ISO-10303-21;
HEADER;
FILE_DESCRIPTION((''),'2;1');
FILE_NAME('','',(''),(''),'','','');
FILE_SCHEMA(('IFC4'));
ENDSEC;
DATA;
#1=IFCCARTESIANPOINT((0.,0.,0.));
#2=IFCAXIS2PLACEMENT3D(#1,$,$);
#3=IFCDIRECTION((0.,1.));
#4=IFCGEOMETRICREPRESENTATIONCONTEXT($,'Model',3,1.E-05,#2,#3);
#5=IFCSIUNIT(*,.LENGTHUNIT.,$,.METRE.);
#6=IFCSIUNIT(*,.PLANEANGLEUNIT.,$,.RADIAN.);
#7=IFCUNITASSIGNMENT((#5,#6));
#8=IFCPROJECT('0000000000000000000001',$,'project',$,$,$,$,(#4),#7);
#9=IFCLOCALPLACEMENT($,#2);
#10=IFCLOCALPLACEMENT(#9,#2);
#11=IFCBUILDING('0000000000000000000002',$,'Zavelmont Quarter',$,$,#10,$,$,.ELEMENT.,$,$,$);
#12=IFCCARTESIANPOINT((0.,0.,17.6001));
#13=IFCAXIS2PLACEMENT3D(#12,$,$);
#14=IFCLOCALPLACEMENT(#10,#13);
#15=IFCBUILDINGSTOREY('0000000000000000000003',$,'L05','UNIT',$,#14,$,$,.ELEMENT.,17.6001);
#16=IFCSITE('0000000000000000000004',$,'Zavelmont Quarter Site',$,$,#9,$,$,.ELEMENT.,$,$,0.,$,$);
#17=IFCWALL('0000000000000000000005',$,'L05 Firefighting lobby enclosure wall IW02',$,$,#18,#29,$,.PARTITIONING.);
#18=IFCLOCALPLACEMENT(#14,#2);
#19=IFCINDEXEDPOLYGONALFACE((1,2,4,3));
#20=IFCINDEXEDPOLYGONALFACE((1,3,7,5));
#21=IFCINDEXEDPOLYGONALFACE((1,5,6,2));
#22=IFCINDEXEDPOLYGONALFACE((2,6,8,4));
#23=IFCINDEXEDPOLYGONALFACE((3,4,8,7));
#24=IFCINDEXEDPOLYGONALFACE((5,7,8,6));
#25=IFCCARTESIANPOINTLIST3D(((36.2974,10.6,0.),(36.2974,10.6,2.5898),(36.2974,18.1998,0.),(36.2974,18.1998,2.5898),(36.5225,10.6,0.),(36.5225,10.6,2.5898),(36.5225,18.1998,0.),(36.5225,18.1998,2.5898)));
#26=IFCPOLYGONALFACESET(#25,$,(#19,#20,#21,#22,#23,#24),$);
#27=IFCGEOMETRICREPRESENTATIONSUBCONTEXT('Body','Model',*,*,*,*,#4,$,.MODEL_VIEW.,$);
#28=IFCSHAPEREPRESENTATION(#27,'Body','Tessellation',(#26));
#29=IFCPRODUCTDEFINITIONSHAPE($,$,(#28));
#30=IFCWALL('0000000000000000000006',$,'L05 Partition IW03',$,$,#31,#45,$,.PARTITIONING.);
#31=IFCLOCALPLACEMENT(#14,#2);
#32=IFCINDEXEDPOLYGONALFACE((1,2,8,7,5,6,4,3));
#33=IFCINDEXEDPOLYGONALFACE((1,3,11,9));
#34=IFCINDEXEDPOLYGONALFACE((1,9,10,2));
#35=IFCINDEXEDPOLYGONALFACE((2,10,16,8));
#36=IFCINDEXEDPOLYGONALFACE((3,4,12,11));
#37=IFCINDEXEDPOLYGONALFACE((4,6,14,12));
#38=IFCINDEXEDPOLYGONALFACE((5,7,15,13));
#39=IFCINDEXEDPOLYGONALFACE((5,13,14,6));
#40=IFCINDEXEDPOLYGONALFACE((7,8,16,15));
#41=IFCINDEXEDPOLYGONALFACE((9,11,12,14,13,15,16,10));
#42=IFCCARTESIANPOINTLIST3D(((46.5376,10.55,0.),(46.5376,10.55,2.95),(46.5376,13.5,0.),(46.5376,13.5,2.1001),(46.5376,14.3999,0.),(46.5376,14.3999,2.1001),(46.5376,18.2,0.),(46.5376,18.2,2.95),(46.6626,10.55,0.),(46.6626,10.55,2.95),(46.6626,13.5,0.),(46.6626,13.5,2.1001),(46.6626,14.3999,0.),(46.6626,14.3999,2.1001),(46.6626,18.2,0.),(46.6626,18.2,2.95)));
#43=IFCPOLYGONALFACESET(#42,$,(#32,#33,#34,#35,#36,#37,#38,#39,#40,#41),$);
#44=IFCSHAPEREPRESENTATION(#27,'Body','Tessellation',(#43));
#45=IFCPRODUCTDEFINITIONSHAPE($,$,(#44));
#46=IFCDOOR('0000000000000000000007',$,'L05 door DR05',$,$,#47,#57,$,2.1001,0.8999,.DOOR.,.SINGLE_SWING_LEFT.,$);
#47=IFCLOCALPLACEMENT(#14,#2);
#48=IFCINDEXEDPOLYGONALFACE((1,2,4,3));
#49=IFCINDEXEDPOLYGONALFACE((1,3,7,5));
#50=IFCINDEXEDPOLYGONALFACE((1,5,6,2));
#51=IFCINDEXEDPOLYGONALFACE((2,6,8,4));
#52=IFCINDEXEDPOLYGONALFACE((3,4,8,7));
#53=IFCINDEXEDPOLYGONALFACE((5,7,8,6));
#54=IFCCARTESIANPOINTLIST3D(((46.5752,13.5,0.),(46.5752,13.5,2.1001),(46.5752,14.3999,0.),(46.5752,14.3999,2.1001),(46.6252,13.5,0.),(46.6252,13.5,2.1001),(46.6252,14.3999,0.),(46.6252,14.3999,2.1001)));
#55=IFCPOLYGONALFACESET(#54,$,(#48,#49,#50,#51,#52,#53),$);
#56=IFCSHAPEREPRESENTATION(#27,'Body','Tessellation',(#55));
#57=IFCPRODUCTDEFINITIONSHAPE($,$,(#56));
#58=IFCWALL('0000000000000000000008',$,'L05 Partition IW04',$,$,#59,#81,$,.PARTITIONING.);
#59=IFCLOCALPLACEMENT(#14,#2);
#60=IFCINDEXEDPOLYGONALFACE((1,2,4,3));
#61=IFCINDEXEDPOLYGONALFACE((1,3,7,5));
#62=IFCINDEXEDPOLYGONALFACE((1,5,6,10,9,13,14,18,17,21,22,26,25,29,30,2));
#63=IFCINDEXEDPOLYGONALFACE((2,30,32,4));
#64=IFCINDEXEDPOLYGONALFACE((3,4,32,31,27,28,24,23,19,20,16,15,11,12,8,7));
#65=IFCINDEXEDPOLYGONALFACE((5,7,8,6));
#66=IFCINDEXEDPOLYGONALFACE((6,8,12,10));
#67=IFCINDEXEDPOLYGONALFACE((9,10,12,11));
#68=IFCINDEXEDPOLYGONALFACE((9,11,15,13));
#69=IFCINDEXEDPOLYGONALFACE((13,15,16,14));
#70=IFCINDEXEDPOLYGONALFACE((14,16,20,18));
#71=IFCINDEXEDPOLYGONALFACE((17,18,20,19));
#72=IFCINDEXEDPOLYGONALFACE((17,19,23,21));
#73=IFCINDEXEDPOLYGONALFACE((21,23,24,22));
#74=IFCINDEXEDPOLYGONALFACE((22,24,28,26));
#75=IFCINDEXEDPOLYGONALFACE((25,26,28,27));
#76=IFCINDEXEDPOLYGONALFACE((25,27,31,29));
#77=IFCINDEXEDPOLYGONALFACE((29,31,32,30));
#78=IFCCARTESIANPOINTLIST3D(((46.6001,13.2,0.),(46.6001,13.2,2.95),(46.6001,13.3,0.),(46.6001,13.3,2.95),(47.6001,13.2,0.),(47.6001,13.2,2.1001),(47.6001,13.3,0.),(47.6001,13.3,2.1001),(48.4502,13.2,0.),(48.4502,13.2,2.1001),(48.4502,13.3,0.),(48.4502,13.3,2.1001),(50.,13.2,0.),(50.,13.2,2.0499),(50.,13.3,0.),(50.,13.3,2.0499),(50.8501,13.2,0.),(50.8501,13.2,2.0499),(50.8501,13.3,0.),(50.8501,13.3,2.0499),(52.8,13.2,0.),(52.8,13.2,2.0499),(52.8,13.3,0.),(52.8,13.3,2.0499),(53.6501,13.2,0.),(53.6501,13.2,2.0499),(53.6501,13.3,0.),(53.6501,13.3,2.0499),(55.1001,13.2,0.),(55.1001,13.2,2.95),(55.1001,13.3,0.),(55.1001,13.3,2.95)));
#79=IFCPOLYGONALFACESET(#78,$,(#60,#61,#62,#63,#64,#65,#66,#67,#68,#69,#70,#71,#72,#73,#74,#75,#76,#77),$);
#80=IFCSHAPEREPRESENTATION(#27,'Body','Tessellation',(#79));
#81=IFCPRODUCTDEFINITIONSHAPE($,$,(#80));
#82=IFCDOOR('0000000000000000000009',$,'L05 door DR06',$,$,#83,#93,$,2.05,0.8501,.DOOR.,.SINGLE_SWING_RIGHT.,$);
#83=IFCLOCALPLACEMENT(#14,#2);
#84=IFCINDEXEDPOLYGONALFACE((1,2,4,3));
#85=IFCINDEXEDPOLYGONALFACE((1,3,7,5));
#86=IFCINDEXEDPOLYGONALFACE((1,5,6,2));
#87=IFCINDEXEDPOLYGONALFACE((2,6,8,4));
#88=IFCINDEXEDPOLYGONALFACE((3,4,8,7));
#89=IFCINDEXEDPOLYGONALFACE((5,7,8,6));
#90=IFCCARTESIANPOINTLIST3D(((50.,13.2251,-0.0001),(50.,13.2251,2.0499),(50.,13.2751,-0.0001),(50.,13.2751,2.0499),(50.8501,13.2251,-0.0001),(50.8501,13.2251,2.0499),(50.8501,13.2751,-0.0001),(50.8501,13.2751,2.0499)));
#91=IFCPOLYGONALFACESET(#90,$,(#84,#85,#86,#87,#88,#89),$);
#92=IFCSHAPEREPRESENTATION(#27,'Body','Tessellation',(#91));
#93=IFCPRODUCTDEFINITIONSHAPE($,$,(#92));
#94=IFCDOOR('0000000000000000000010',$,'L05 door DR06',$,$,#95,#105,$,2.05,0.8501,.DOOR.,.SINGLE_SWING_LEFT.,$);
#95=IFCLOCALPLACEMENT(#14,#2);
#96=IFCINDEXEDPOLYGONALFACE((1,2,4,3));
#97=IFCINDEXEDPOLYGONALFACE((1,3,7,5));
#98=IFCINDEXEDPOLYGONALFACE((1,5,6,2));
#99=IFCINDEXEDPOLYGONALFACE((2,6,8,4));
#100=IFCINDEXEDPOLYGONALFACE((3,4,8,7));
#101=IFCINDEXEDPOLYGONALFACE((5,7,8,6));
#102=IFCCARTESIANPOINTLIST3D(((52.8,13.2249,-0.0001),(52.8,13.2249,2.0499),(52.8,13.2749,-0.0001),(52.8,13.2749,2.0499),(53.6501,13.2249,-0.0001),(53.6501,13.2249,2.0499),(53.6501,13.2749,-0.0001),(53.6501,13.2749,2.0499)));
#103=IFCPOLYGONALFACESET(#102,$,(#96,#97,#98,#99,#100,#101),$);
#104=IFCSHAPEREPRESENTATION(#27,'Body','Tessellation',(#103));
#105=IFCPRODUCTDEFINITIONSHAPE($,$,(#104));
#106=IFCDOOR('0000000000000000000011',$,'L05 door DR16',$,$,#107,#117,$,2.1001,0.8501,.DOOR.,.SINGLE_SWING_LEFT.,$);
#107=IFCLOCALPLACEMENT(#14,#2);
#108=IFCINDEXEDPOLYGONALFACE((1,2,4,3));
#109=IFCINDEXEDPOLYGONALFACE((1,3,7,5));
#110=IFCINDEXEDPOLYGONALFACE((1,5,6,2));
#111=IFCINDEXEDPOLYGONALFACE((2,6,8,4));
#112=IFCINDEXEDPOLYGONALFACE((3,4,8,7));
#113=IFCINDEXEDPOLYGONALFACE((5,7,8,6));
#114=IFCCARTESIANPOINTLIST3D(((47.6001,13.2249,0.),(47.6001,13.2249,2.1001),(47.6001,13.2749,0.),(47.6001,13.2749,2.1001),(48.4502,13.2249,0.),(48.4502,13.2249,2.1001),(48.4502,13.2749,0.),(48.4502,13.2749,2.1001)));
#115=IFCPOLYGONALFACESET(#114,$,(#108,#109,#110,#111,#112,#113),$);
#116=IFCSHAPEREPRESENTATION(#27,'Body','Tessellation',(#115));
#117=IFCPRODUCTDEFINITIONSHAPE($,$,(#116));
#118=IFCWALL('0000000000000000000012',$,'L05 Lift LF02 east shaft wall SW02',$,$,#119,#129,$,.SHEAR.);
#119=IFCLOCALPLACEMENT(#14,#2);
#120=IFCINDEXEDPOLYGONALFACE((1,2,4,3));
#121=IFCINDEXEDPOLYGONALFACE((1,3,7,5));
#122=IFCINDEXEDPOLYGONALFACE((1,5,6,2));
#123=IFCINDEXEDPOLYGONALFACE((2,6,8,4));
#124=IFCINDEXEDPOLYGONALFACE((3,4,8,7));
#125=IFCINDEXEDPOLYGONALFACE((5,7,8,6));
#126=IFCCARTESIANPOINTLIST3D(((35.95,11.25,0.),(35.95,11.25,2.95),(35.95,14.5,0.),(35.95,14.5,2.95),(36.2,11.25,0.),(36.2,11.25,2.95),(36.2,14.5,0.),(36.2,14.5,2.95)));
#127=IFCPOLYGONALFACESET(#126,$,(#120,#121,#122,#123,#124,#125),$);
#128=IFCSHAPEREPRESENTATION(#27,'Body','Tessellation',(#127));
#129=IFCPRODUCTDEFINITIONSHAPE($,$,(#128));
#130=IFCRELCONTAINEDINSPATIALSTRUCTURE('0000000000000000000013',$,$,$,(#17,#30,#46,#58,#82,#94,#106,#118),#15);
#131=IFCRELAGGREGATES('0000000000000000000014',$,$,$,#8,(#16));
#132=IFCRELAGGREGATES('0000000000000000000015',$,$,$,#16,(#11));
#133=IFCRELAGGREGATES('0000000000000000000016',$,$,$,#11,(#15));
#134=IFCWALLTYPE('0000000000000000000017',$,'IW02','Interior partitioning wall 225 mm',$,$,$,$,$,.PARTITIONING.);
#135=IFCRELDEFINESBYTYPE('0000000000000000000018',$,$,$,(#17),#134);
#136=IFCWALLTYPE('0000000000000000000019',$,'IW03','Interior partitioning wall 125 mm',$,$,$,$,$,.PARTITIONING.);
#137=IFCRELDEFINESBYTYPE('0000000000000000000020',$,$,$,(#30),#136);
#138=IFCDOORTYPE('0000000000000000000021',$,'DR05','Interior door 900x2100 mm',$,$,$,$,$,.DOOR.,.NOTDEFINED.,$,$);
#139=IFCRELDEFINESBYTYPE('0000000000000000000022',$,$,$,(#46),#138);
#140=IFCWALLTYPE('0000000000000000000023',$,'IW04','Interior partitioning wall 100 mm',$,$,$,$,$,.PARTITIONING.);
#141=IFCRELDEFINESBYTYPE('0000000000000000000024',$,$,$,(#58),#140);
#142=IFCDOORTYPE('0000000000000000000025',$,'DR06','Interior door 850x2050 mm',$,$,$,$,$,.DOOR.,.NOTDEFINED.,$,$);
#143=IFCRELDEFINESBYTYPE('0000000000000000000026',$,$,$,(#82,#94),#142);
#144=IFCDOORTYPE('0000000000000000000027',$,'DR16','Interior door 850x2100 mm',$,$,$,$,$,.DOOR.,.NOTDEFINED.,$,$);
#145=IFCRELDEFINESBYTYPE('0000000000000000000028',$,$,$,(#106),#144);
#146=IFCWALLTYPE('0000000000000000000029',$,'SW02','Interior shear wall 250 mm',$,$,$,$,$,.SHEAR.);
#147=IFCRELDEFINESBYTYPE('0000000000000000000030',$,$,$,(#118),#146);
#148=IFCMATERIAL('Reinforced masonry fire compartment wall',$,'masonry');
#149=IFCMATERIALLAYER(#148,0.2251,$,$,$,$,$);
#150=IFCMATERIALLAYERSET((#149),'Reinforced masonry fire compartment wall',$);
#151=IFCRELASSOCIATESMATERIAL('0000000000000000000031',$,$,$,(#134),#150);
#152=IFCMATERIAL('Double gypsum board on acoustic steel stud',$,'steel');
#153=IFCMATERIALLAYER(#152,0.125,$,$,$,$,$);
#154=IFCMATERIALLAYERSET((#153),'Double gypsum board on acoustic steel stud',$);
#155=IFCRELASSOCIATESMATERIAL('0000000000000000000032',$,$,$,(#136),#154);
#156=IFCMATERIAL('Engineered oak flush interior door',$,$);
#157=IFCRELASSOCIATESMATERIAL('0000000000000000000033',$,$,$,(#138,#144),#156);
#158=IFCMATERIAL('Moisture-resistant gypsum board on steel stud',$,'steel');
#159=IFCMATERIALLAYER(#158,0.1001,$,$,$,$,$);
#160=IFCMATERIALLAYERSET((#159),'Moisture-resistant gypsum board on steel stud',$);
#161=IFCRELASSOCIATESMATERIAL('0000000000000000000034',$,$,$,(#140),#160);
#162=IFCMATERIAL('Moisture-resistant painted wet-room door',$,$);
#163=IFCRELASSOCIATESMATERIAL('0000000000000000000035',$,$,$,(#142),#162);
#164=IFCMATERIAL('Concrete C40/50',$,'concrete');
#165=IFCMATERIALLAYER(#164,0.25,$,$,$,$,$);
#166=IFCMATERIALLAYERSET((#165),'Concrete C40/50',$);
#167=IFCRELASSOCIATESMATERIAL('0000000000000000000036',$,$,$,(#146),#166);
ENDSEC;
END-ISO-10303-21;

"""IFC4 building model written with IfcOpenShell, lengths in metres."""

from ifc_helpers import new_model, si_unit, direction, frame, frame_2d, origin, origin_with_axes, place, context, subcontext, project, spatial, rectangle, extrude, material, layer, layer_set, type_object, element, fill, save


model = new_model("IFC4")

# Units and contexts
model_context = context("Model", 3, precision=1e-05, world=origin(), true_north=direction((0.0, 1.0)))
body_context = subcontext(model_context, "Body", "Model", "MODEL_VIEW")
ifc_project = project(units=[si_unit("LENGTHUNIT", "METRE"), si_unit("PLANEANGLEUNIT", "RADIAN")], contexts=[model_context])

# Site, building, storey
site_placement = place(None, origin())
site = spatial("IfcSite", under=ifc_project, at=site_placement, Name="Zavelmont Quarter Site", CompositionType="ELEMENT", RefElevation=0.0)
building_placement = place(site_placement, origin())
building = spatial("IfcBuilding", under=site, at=building_placement, Name="Zavelmont Quarter", CompositionType="ELEMENT")
storey_placement = place(building_placement, frame((0.0, 0.0, 17.6001)))
storey = spatial("IfcBuildingStorey", under=building, at=storey_placement, Name="L05", Description="UNIT", CompositionType="ELEMENT", Elevation=17.6001)

# Shared definitions
ifc_material_1 = material(Name="Concrete C40/50", Category="concrete")

# Wall
ifc_material_2 = material(Name="Reinforced masonry fire compartment wall", Category="masonry")
ifc_layer_1 = layer(ifc_material_2, 0.2251)
ifc_layer_set_1 = layer_set([ifc_layer_1], Name="Reinforced masonry fire compartment wall")
wall_type_1 = type_object("IfcWallType", Name="IW02", Description="Interior partitioning wall 225 mm", PredefinedType="PARTITIONING", material=ifc_layer_set_1)
wall_1_placement = place(storey_placement, frame((36.4099, 10.6001, 0.0), z_axis=(0.0, 0.0, 1.0), x_axis=(0.0, 1.0, 0.0)))
element("IfcWall", 1, at=wall_1_placement, inside=storey, type_object=wall_type_1, Name="L05 Firefighting lobby enclosure wall IW02", PredefinedType="PARTITIONING", context=body_context, shape_type="SweptSolid", body=[
    extrude(rectangle(XDim=7.5999, YDim=0.2251, at=frame_2d((3.7998, 0.0))), origin(), (0.0, 0.0, 1.0), 2.5898),
])

# Wall, opening, door
ifc_material_3 = material(Name="Double gypsum board on acoustic steel stud", Category="steel")
ifc_layer_2 = layer(ifc_material_3, 0.125)
ifc_layer_set_2 = layer_set([ifc_layer_2], Name="Double gypsum board on acoustic steel stud")
wall_type_2 = type_object("IfcWallType", Name="IW03", Description="Interior partitioning wall 125 mm", PredefinedType="PARTITIONING", material=ifc_layer_set_2)
wall_2_placement = place(storey_placement, frame((46.6001, 10.55, 0.0), z_axis=(0.0, 0.0, 1.0), x_axis=(0.0, 1.0, 0.0)))
wall_2 = element("IfcWall", 2, at=wall_2_placement, inside=storey, type_object=wall_type_2, Name="L05 Partition IW03", PredefinedType="PARTITIONING", context=body_context, shape_type="SweptSolid", body=[
    extrude(rectangle(XDim=7.6499, YDim=0.125, at=frame_2d((3.825, 0.0))), origin(), (0.0, 0.0, 1.0), 2.95),
])
opening_1_placement = place(wall_2_placement, frame((2.95, 0.0, 0.0)))
opening_1 = element("IfcOpeningElement", 3, at=opening_1_placement, cuts=wall_2, PredefinedType="OPENING", context=body_context, shape_type="SweptSolid", body=[
    extrude(rectangle(XDim=0.8999, YDim=2.1001, at=frame_2d((0.45, 1.05))), frame((0.0, 0.0745, 0.0), z_axis=(0.0, -1.0, 0.0), x_axis=(1.0, 0.0, 0.0)), (0.0, 0.0, 1.0), 0.1489),
])
ifc_material_4 = material(Name="Engineered oak flush interior door")
door_type_1 = type_object("IfcDoorType", Name="DR05", Description="Interior door 900x2100 mm", OperationType="NOTDEFINED", PredefinedType="DOOR", material=ifc_material_4)
door_1_placement = place(opening_1_placement, origin_with_axes())
door_1 = element("IfcDoor", 4, at=door_1_placement, inside=storey, type_object=door_type_1, Name="L05 door DR05", OperationType="SINGLE_SWING_LEFT", OverallHeight=2.1001, OverallWidth=0.8999, PredefinedType="DOOR", context=body_context, shape_type="SweptSolid", body=[
    extrude(rectangle(XDim=0.8999, YDim=2.1001, at=frame_2d((0.45, 1.05))), frame((0.0, 0.0249, 0.0), z_axis=(0.0, -1.0, 0.0), x_axis=(1.0, 0.0, 0.0)), (0.0, 0.0, 1.0), 0.05),
])
fill(opening_1, door_1)

# Wall, openings, doors
ifc_material_5 = material(Name="Moisture-resistant gypsum board on steel stud", Category="steel")
ifc_layer_3 = layer(ifc_material_5, 0.1001)
ifc_layer_set_3 = layer_set([ifc_layer_3], Name="Moisture-resistant gypsum board on steel stud")
wall_type_3 = type_object("IfcWallType", Name="IW04", Description="Interior partitioning wall 100 mm", PredefinedType="PARTITIONING", material=ifc_layer_set_3)
wall_3_placement = place(storey_placement, frame((46.6001, 13.25, 0.0), z_axis=(0.0, 0.0, 1.0), x_axis=(1.0, 0.0, 0.0)))
wall_3 = element("IfcWall", 5, at=wall_3_placement, inside=storey, type_object=wall_type_3, Name="L05 Partition IW04", PredefinedType="PARTITIONING", context=body_context, shape_type="SweptSolid", body=[
    extrude(rectangle(XDim=8.5, YDim=0.1001, at=frame_2d((4.25, 0.0))), origin(), (0.0, 0.0, 1.0), 2.95),
])
opening_2_placement = place(wall_3_placement, frame((1.0, 0.0, 0.0)))
opening_2 = element("IfcOpeningElement", 6, at=opening_2_placement, cuts=wall_3, PredefinedType="OPENING", context=body_context, shape_type="SweptSolid", body=[
    extrude(rectangle(XDim=0.8501, YDim=2.1001, at=frame_2d((0.425, 1.05))), frame((0.0, 0.062, 0.0), z_axis=(0.0, -1.0, 0.0), x_axis=(1.0, 0.0, 0.0)), (0.0, 0.0, 1.0), 0.124),
])
opening_3_placement = place(wall_3_placement, frame((3.3999, 0.0, 0.0)))
opening_3 = element("IfcOpeningElement", 7, at=opening_3_placement, cuts=wall_3, PredefinedType="OPENING", context=body_context, shape_type="SweptSolid", body=[
    extrude(rectangle(XDim=0.8501, YDim=2.05, at=frame_2d((0.425, 1.0249))), frame((0.0, 0.062, 0.0), z_axis=(0.0, -1.0, 0.0), x_axis=(1.0, 0.0, 0.0)), (0.0, 0.0, 1.0), 0.124),
])
opening_4_placement = place(wall_3_placement, frame((6.2, 0.0, 0.0)))
opening_4 = element("IfcOpeningElement", 8, at=opening_4_placement, cuts=wall_3, PredefinedType="OPENING", context=body_context, shape_type="SweptSolid", body=[
    extrude(rectangle(XDim=0.8501, YDim=2.05, at=frame_2d((0.425, 1.0249))), frame((0.0, 0.062, 0.0), z_axis=(0.0, -1.0, 0.0), x_axis=(1.0, 0.0, 0.0)), (0.0, 0.0, 1.0), 0.124),
])
ifc_material_6 = material(Name="Moisture-resistant painted wet-room door")
door_type_2 = type_object("IfcDoorType", Name="DR06", Description="Interior door 850x2050 mm", OperationType="NOTDEFINED", PredefinedType="DOOR", material=ifc_material_6)
door_2_placement = place(opening_3_placement, frame((0.8501, 0.0, 0.0), z_axis=(0.0, 0.0, 1.0), x_axis=(-1.0, 0.0, 0.0)))
door_2 = element("IfcDoor", 9, at=door_2_placement, inside=storey, type_object=door_type_2, Name="L05 door DR06", OperationType="SINGLE_SWING_RIGHT", OverallHeight=2.05, OverallWidth=0.8501, PredefinedType="DOOR", context=body_context, shape_type="SweptSolid", body=[
    extrude(rectangle(XDim=0.8501, YDim=2.05, at=frame_2d((0.425, 1.0249))), frame((0.0, 0.0249, 0.0), z_axis=(0.0, -1.0, 0.0), x_axis=(1.0, 0.0, 0.0)), (0.0, 0.0, 1.0), 0.05),
])
fill(opening_3, door_2)
door_3_placement = place(opening_4_placement, origin_with_axes())
door_3 = element("IfcDoor", 10, at=door_3_placement, inside=storey, type_object=door_type_2, Name="L05 door DR06", OperationType="SINGLE_SWING_LEFT", OverallHeight=2.05, OverallWidth=0.8501, PredefinedType="DOOR", context=body_context, shape_type="SweptSolid", body=[
    extrude(rectangle(XDim=0.8501, YDim=2.05, at=frame_2d((0.425, 1.0249))), frame((0.0, 0.0249, 0.0), z_axis=(0.0, -1.0, 0.0), x_axis=(1.0, 0.0, 0.0)), (0.0, 0.0, 1.0), 0.05),
])
fill(opening_4, door_3)
door_type_3 = type_object("IfcDoorType", Name="DR16", Description="Interior door 850x2100 mm", OperationType="NOTDEFINED", PredefinedType="DOOR", material=ifc_material_4)
door_4_placement = place(opening_2_placement, origin_with_axes())
door_4 = element("IfcDoor", 11, at=door_4_placement, inside=storey, type_object=door_type_3, Name="L05 door DR16", OperationType="SINGLE_SWING_LEFT", OverallHeight=2.1001, OverallWidth=0.8501, PredefinedType="DOOR", context=body_context, shape_type="SweptSolid", body=[
    extrude(rectangle(XDim=0.8501, YDim=2.1001, at=frame_2d((0.425, 1.05))), frame((0.0, 0.0249, 0.0), z_axis=(0.0, -1.0, 0.0), x_axis=(1.0, 0.0, 0.0)), (0.0, 0.0, 1.0), 0.05),
])
fill(opening_2, door_4)

# Wall
ifc_layer_4 = layer(ifc_material_1, 0.25)
ifc_layer_set_4 = layer_set([ifc_layer_4], Name="Concrete C40/50")
wall_type_4 = type_object("IfcWallType", Name="SW02", Description="Interior shear wall 250 mm", PredefinedType="SHEAR", material=ifc_layer_set_4)
wall_4_placement = place(storey_placement, frame((36.075, 11.25, 0.0), z_axis=(0.0, 0.0, 1.0), x_axis=(0.0, 1.0, 0.0)))
element("IfcWall", 12, at=wall_4_placement, inside=storey, type_object=wall_type_4, Name="L05 Lift LF02 east shaft wall SW02", PredefinedType="SHEAR", context=body_context, shape_type="SweptSolid", body=[
    extrude(rectangle(XDim=3.25, YDim=0.25, at=frame_2d((1.625, 0.0))), origin(), (0.0, 0.0, 1.0), 2.95),
])

save(model, "model.ifc")
